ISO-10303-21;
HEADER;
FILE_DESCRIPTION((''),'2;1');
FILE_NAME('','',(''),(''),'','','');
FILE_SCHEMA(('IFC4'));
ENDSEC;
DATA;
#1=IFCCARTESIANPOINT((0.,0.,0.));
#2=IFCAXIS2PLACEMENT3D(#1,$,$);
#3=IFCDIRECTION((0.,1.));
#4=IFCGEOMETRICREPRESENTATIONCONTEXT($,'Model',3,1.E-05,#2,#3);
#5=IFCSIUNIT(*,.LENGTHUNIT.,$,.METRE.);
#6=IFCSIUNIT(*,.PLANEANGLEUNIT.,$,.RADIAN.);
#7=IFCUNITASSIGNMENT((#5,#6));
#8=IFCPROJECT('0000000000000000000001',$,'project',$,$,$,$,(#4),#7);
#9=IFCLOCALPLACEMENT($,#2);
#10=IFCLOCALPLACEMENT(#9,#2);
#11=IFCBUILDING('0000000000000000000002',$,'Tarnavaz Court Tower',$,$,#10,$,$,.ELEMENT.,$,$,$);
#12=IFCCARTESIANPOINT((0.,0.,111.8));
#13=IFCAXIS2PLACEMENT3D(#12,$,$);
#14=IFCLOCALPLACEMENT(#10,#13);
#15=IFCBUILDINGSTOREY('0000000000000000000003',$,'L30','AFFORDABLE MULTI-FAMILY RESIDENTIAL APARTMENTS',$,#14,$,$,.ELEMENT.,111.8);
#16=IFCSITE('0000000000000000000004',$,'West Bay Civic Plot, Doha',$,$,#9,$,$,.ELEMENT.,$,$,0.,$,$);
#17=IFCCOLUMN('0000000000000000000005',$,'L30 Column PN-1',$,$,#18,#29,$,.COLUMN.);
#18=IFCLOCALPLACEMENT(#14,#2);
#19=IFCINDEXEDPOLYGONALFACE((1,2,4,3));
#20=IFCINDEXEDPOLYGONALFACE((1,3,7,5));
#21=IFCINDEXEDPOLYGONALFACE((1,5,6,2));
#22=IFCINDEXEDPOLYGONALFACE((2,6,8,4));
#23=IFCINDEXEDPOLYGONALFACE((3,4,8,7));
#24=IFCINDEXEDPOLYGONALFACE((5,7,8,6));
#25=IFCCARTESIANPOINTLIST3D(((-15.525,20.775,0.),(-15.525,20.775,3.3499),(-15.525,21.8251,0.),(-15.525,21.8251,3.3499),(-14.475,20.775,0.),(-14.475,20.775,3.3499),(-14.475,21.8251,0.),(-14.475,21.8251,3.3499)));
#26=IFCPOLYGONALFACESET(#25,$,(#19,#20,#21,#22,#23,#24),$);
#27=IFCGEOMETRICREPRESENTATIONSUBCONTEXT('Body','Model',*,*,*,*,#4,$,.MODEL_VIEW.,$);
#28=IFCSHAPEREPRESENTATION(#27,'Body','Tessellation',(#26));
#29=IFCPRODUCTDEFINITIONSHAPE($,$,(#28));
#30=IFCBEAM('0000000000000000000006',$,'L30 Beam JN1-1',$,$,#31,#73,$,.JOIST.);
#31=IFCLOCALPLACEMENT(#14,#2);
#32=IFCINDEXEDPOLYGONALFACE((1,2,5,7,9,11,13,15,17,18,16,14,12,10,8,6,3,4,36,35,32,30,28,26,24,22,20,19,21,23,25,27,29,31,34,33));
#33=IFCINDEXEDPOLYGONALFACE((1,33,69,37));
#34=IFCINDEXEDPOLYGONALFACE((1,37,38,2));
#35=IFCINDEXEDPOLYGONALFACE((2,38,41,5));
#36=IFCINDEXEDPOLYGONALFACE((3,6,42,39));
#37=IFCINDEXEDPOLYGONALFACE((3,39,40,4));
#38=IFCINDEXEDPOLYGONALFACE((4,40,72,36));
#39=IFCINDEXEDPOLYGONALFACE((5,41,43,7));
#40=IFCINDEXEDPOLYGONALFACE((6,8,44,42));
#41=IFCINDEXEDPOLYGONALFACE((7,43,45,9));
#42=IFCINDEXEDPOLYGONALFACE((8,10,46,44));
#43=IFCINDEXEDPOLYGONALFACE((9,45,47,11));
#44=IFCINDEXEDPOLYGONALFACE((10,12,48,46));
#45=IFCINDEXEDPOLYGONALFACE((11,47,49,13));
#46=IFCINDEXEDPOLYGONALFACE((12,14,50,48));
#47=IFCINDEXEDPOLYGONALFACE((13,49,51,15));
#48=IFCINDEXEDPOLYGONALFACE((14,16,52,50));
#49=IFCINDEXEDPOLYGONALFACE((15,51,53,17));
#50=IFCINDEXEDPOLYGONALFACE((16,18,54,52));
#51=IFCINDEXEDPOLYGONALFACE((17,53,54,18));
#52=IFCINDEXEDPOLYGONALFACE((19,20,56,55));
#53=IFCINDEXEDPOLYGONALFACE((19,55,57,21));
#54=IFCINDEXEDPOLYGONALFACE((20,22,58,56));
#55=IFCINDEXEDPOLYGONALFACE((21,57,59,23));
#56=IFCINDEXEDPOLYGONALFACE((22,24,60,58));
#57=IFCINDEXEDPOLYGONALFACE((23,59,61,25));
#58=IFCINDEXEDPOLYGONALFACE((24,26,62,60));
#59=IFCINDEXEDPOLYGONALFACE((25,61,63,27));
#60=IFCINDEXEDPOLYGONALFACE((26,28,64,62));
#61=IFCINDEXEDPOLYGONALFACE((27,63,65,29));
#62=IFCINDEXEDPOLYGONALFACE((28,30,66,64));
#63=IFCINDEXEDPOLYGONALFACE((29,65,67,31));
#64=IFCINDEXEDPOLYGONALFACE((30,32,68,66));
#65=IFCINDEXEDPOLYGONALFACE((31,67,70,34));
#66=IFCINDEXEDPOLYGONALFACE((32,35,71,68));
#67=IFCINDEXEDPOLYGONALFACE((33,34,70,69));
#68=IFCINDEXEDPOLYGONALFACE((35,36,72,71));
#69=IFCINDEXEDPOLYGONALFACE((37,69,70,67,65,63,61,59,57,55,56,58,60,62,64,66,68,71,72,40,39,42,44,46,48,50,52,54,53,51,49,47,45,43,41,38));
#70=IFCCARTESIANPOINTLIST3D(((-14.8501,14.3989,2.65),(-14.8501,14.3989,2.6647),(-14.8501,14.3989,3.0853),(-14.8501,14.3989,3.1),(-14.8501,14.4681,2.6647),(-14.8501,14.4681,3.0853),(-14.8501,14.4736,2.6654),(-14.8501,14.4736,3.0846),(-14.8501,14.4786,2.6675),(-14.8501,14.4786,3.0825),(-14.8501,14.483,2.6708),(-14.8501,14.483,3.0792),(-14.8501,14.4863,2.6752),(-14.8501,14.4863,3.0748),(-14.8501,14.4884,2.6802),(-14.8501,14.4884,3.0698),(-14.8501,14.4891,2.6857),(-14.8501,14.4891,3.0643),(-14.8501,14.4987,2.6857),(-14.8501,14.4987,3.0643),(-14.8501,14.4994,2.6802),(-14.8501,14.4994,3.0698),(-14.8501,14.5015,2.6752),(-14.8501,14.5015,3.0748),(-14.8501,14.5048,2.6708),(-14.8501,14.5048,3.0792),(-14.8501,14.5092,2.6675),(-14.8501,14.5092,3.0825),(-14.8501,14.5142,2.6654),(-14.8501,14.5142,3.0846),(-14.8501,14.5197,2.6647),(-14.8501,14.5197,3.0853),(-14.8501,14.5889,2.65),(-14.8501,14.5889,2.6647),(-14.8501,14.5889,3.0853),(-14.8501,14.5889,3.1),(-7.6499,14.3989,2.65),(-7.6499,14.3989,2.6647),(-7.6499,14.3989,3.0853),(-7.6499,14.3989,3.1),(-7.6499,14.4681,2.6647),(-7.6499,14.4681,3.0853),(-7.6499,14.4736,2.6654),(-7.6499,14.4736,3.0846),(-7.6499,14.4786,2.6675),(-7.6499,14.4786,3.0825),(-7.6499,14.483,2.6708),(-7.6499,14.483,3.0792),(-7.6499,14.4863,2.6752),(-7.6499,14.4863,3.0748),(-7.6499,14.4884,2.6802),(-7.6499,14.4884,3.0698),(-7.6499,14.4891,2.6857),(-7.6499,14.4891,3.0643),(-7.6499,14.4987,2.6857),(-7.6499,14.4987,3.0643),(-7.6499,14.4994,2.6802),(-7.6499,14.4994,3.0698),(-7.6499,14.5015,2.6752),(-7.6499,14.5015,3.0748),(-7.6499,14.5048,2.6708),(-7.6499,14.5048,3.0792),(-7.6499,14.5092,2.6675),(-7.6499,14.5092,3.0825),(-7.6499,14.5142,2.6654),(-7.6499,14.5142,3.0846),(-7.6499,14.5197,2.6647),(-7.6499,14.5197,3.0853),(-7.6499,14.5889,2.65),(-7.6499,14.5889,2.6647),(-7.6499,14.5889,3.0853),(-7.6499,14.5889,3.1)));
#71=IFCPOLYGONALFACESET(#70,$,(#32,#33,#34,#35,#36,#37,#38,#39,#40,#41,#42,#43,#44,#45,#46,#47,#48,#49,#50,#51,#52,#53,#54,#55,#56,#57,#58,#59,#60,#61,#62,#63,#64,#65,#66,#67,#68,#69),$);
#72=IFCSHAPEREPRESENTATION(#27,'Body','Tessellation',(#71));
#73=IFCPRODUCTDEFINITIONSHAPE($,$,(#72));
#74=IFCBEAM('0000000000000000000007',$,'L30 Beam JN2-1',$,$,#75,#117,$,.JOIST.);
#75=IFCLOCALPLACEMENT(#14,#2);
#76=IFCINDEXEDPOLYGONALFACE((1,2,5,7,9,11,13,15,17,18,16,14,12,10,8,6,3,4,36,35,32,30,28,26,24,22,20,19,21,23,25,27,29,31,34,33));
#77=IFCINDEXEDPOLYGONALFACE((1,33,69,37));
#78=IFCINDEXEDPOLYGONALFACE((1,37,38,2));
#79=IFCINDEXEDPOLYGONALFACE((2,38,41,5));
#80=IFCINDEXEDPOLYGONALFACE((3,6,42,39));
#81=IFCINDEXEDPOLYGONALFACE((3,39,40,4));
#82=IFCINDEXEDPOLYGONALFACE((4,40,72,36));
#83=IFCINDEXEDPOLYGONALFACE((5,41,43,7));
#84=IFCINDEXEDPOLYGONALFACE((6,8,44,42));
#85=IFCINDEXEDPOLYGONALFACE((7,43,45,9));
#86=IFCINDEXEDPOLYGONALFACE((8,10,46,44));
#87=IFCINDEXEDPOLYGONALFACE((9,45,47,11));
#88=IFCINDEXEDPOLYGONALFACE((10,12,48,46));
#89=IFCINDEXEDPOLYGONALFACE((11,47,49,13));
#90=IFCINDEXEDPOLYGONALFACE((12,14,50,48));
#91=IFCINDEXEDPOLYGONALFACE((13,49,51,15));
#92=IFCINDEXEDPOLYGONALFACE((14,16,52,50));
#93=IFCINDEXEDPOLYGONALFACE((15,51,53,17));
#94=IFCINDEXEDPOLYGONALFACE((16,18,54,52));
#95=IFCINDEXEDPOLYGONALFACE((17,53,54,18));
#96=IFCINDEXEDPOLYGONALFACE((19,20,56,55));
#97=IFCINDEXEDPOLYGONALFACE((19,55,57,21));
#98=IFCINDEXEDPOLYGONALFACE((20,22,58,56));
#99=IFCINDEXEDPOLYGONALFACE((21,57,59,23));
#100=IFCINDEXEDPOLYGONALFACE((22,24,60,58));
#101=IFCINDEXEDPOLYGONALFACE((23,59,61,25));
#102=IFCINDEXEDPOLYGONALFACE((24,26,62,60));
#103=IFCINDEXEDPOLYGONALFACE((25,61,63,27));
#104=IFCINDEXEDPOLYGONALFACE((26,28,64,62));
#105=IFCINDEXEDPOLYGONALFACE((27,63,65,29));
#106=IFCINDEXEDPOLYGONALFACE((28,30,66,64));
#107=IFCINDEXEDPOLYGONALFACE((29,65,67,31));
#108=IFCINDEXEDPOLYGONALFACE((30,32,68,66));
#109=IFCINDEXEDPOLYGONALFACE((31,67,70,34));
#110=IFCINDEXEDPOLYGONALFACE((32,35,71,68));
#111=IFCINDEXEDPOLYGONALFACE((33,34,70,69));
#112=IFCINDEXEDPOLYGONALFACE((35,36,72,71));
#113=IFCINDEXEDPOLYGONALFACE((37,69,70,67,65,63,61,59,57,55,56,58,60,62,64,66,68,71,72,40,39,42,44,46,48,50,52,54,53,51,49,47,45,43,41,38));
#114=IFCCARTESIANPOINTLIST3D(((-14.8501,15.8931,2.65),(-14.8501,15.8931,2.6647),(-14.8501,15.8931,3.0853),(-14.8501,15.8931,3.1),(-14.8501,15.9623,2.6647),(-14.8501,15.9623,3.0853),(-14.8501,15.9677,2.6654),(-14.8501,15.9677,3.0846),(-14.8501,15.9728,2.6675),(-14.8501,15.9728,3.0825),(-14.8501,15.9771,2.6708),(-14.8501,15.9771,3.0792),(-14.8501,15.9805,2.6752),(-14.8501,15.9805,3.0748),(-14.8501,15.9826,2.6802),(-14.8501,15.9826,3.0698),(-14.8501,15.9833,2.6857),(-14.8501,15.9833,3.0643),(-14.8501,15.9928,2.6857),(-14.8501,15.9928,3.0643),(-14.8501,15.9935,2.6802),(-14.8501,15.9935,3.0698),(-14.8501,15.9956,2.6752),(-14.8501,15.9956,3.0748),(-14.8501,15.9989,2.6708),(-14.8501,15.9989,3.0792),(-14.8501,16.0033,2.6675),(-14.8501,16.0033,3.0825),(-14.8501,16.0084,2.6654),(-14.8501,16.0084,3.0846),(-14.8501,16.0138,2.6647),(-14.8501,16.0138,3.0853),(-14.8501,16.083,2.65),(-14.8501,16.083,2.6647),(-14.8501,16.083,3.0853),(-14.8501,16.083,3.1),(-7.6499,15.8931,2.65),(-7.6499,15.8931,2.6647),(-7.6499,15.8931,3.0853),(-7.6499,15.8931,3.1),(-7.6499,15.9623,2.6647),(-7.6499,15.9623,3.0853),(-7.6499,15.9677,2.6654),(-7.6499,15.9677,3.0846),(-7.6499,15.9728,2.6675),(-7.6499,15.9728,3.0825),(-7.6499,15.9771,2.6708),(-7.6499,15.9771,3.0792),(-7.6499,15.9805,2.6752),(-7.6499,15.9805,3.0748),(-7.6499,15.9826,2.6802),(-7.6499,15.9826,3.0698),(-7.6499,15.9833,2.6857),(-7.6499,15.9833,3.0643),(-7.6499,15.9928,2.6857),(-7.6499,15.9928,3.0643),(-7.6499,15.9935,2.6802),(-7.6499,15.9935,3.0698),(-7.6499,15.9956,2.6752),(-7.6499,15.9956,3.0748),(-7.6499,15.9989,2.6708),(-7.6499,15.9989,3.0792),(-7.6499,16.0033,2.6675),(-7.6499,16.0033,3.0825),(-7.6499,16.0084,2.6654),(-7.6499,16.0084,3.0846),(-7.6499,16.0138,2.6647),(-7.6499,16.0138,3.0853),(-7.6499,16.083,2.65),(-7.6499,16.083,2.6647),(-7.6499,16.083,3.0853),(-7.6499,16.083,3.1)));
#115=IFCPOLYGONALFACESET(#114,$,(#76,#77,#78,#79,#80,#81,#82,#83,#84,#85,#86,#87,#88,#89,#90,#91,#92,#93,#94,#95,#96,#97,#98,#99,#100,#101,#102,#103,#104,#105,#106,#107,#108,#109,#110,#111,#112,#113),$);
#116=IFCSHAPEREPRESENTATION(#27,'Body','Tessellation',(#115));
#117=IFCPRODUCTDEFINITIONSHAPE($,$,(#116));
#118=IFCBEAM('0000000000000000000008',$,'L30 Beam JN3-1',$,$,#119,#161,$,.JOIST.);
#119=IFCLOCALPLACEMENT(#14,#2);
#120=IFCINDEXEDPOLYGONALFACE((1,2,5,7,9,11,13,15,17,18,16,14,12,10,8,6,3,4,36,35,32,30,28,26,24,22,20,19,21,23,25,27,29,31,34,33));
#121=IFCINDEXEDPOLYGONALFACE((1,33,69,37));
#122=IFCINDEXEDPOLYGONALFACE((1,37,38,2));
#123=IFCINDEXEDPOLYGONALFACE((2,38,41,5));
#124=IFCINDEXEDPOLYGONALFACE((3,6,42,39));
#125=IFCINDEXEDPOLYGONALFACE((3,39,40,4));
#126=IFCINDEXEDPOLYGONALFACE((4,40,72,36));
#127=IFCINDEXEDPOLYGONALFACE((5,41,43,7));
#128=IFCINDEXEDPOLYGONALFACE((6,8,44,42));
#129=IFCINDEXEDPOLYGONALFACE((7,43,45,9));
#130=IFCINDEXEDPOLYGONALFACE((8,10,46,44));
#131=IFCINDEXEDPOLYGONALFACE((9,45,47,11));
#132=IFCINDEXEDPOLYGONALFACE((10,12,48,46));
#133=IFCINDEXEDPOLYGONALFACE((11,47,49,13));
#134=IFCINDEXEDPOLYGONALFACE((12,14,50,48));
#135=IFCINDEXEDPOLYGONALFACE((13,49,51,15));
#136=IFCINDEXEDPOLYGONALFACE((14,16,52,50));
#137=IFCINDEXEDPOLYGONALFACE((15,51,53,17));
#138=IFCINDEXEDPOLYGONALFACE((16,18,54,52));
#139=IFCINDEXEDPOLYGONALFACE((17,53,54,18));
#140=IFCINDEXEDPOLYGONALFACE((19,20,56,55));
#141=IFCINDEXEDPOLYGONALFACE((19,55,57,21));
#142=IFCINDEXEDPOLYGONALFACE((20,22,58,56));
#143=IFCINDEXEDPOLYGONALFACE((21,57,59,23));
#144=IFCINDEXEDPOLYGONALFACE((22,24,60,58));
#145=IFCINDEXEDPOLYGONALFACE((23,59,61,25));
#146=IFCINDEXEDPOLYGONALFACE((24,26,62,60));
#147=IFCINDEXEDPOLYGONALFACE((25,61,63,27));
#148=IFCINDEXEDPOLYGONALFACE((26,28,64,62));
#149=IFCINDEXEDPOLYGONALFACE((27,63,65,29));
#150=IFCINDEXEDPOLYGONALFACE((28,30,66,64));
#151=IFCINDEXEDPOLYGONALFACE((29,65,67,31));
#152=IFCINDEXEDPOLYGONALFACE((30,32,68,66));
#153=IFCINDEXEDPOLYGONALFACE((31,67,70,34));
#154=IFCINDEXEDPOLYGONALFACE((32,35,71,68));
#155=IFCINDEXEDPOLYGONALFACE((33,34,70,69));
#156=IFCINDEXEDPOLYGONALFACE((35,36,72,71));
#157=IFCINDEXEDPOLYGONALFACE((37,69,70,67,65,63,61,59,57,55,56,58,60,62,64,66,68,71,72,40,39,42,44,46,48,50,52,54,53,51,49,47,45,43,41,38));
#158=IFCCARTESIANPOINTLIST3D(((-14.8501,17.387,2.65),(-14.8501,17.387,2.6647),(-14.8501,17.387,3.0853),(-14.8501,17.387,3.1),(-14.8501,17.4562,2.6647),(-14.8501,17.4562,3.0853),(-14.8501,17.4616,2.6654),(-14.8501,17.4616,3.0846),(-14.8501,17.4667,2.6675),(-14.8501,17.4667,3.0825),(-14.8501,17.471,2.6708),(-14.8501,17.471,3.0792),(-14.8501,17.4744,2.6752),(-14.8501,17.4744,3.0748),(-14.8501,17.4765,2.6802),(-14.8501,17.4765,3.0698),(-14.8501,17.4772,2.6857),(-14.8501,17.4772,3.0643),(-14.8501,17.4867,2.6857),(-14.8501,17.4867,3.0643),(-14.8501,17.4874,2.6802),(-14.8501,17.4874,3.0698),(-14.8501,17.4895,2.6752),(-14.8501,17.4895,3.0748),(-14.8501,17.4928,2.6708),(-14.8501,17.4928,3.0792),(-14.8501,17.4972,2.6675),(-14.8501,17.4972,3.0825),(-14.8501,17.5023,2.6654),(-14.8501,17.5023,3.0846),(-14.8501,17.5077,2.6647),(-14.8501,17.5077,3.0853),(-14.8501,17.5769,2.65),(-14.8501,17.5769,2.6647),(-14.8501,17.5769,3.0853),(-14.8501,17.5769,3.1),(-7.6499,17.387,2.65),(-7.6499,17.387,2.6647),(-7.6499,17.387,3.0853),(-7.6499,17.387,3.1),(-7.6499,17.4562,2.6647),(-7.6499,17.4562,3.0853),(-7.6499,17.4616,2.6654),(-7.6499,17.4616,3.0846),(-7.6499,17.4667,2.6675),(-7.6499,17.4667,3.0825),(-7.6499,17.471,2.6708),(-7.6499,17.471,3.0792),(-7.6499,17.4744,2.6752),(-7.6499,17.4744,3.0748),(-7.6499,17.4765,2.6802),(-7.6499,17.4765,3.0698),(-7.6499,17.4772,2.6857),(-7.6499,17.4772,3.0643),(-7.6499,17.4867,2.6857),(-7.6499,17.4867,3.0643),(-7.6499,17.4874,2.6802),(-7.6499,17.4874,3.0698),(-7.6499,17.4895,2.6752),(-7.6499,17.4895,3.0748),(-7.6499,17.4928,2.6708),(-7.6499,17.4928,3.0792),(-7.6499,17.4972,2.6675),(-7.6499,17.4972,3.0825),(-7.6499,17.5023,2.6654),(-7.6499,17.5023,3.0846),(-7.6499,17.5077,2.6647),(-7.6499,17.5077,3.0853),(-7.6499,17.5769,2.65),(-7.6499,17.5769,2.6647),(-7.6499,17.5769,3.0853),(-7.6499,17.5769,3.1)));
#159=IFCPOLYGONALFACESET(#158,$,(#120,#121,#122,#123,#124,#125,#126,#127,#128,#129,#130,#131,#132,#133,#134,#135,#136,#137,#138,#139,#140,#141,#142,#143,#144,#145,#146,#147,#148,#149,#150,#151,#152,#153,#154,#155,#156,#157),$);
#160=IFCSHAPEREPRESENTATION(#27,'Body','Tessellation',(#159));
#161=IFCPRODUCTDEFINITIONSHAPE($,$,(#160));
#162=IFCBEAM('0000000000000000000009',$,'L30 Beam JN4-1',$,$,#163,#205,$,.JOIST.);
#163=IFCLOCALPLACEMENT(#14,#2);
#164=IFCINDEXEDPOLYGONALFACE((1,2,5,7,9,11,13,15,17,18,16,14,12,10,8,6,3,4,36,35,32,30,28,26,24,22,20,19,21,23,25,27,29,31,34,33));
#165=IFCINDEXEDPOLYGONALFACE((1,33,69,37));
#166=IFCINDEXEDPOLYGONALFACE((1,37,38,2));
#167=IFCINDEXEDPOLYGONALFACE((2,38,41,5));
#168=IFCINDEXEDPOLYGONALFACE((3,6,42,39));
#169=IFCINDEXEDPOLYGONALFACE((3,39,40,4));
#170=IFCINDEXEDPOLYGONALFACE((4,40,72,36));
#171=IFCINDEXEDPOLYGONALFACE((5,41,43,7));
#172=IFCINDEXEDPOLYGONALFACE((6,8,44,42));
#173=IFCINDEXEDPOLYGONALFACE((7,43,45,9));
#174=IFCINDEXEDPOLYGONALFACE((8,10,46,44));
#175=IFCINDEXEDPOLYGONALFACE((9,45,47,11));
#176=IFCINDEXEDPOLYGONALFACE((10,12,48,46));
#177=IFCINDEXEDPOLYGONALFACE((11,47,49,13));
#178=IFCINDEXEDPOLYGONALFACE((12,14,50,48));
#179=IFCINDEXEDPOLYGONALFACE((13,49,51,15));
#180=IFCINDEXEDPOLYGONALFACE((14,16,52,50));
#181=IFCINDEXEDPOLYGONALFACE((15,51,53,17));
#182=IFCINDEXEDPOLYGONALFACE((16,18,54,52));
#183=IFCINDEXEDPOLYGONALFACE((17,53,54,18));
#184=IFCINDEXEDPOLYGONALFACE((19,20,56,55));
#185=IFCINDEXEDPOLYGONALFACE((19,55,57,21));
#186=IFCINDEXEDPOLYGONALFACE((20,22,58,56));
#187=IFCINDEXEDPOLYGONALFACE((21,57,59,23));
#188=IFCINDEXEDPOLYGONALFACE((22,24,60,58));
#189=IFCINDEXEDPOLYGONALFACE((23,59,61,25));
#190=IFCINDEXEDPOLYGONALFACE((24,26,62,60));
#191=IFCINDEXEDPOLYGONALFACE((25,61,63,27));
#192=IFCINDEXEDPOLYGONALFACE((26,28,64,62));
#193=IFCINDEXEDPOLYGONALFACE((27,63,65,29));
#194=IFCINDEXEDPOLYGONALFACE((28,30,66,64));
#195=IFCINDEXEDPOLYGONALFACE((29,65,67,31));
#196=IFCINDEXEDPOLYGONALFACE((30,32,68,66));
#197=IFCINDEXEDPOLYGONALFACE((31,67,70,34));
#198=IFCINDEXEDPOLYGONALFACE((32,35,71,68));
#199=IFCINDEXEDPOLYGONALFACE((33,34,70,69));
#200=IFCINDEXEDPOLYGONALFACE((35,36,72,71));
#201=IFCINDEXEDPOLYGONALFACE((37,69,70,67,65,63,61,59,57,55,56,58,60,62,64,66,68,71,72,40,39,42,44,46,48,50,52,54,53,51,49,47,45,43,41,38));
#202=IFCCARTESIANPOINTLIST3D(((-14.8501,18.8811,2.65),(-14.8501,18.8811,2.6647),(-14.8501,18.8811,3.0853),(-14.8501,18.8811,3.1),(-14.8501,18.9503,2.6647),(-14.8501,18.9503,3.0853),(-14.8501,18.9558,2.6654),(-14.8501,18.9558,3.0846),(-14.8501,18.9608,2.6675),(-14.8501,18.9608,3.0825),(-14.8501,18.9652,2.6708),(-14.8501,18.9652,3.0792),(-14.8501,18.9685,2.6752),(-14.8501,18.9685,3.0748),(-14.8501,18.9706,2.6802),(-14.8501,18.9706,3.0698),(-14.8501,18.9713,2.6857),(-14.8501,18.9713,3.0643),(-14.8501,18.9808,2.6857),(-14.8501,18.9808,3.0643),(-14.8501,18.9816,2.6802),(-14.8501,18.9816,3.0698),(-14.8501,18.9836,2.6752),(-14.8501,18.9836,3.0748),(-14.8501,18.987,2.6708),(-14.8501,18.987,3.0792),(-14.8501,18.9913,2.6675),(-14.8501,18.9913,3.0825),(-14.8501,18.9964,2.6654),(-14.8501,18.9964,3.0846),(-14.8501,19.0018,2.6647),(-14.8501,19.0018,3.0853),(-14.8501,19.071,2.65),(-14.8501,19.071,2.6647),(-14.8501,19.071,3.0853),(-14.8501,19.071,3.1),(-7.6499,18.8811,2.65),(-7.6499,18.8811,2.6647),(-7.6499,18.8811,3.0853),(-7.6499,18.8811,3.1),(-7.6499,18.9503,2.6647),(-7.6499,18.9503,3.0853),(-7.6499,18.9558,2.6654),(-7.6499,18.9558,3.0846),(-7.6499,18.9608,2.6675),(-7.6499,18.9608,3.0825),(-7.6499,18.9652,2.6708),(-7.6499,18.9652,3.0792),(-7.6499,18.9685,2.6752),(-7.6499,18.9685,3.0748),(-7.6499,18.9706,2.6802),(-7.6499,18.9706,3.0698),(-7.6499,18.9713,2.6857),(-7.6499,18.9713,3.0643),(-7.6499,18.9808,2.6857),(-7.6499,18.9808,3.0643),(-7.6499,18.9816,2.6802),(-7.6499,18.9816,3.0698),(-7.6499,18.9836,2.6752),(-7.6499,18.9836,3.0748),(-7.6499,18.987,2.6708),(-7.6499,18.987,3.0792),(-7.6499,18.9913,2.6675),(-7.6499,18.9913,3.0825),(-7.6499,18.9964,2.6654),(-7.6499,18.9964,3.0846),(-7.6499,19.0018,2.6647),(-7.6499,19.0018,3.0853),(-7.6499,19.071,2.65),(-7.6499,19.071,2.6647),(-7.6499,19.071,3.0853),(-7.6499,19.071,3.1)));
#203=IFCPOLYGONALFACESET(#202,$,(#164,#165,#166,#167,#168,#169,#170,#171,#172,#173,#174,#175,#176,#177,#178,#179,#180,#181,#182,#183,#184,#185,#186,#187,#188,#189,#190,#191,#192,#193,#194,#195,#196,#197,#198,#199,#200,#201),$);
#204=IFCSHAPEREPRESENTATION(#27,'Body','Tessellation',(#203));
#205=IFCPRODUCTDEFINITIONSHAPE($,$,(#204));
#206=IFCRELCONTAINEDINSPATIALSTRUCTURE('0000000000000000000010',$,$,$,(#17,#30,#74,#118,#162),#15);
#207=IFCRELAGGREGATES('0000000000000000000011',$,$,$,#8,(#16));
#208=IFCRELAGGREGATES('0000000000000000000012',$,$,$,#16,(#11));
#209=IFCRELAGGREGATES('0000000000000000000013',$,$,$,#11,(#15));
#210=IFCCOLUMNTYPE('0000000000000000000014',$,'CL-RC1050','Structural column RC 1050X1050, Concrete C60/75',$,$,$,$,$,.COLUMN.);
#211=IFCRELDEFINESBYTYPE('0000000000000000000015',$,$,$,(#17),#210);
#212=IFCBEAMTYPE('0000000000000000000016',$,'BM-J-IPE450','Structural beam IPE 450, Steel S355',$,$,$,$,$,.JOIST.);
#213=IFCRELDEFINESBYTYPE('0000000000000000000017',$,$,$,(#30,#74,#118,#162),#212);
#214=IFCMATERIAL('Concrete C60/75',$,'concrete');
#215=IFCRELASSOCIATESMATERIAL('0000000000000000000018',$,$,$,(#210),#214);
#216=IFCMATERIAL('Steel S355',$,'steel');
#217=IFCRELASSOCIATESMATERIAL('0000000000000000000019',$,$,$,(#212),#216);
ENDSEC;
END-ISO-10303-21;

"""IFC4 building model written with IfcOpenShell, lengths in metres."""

from ifc_helpers import new_model, si_unit, direction, frame, origin, origin_2d, place, context, subcontext, project, spatial, rectangle, i_section, extrude, material, material_profile, profile_set, type_object, element, save


model = new_model("IFC4")

# Units and contexts
model_context = context("Model", 3, precision=1e-05, world=origin(), true_north=direction((0.0, 1.0)))
body_context = subcontext(model_context, "Body", "Model", "MODEL_VIEW")
ifc_project = project(units=[si_unit("LENGTHUNIT", "METRE"), si_unit("PLANEANGLEUNIT", "RADIAN")], contexts=[model_context])

# Site, building, storey
site_placement = place(None, origin())
site = spatial("IfcSite", under=ifc_project, at=site_placement, Name="West Bay Civic Plot, Doha", CompositionType="ELEMENT", RefElevation=0.0)
building_placement = place(site_placement, origin())
building = spatial("IfcBuilding", under=site, at=building_placement, Name="Tarnavaz Court Tower", CompositionType="ELEMENT")
storey_placement = place(building_placement, frame((0.0, 0.0, 111.8)))
storey = spatial("IfcBuildingStorey", under=building, at=storey_placement, Name="L30", Description="AFFORDABLE MULTI-FAMILY RESIDENTIAL APARTMENTS", CompositionType="ELEMENT", Elevation=111.8)

# Column
ifc_material_1 = material(Name="Concrete C60/75", Category="concrete")
ifc_material_profile_1 = material_profile(ifc_material_1, rectangle(XDim=1.05, YDim=1.05, at=origin_2d()), Name="RC 1050X1050")
ifc_profile_set_1 = profile_set([ifc_material_profile_1], Name="Concrete C60/75")
column_type = type_object("IfcColumnType", Name="CL-RC1050", Description="Structural column RC 1050X1050, Concrete C60/75", PredefinedType="COLUMN", material=ifc_profile_set_1)
column_placement = place(storey_placement, frame((-15.0, 21.3, 0.0), z_axis=(0.0, 0.0, 1.0), x_axis=(1.0, 0.0, 0.0)))
element("IfcColumn", 1, at=column_placement, inside=storey, type_object=column_type, Name="L30 Column PN-1", PredefinedType="COLUMN", context=body_context, shape_type="SweptSolid", body=[
    extrude(rectangle(XDim=1.05, YDim=1.05, at=origin_2d()), origin(), (0.0, 0.0, 1.0), 3.3499),
])

# Beams
ifc_material_2 = material(Name="Steel S355", Category="steel")
ifc_material_profile_2 = material_profile(ifc_material_2, i_section(OverallWidth=0.1899, OverallDepth=0.45, WebThickness=0.0095, FlangeThickness=0.0146, FilletRadius=0.021, at=origin_2d()), Name="IPE 450")
ifc_profile_set_2 = profile_set([ifc_material_profile_2], Name="Steel S355")
beam_type_1 = type_object("IfcBeamType", Name="BM-J-IPE450", Description="Structural beam IPE 450, Steel S355", PredefinedType="JOIST", material=ifc_profile_set_2)
for number, where, z_axis, x_axis, name in (
    (2, (-14.8501, 14.4939, 2.875), (1.0, 0.0, 0.0), (0.0, 1.0, 0.0), "L30 Beam JN1-1"),
    (3, (-14.8501, 15.988, 2.875), (1.0, 0.0, 0.0), (0.0, 1.0, 0.0), "L30 Beam JN2-1"),
    (4, (-14.8501, 17.4819, 2.875), (1.0, 0.0, 0.0), (0.0, 1.0, 0.0), "L30 Beam JN3-1"),
    (5, (-14.8501, 18.9761, 2.875), (1.0, 0.0, 0.0), (0.0, 1.0, 0.0), "L30 Beam JN4-1"),
):
    element("IfcBeam", number, at=place(storey_placement, frame(where, z_axis=z_axis, x_axis=x_axis)), inside=storey, type_object=beam_type_1, Name=name, PredefinedType="JOIST", context=body_context, shape_type="SweptSolid", body=[
        extrude(i_section(OverallWidth=0.1899, OverallDepth=0.45, WebThickness=0.0095, FlangeThickness=0.0146, FilletRadius=0.021, at=origin_2d()), origin(), (0.0, 0.0, 1.0), 7.2002),
    ])

save(model, "model.ifc")
